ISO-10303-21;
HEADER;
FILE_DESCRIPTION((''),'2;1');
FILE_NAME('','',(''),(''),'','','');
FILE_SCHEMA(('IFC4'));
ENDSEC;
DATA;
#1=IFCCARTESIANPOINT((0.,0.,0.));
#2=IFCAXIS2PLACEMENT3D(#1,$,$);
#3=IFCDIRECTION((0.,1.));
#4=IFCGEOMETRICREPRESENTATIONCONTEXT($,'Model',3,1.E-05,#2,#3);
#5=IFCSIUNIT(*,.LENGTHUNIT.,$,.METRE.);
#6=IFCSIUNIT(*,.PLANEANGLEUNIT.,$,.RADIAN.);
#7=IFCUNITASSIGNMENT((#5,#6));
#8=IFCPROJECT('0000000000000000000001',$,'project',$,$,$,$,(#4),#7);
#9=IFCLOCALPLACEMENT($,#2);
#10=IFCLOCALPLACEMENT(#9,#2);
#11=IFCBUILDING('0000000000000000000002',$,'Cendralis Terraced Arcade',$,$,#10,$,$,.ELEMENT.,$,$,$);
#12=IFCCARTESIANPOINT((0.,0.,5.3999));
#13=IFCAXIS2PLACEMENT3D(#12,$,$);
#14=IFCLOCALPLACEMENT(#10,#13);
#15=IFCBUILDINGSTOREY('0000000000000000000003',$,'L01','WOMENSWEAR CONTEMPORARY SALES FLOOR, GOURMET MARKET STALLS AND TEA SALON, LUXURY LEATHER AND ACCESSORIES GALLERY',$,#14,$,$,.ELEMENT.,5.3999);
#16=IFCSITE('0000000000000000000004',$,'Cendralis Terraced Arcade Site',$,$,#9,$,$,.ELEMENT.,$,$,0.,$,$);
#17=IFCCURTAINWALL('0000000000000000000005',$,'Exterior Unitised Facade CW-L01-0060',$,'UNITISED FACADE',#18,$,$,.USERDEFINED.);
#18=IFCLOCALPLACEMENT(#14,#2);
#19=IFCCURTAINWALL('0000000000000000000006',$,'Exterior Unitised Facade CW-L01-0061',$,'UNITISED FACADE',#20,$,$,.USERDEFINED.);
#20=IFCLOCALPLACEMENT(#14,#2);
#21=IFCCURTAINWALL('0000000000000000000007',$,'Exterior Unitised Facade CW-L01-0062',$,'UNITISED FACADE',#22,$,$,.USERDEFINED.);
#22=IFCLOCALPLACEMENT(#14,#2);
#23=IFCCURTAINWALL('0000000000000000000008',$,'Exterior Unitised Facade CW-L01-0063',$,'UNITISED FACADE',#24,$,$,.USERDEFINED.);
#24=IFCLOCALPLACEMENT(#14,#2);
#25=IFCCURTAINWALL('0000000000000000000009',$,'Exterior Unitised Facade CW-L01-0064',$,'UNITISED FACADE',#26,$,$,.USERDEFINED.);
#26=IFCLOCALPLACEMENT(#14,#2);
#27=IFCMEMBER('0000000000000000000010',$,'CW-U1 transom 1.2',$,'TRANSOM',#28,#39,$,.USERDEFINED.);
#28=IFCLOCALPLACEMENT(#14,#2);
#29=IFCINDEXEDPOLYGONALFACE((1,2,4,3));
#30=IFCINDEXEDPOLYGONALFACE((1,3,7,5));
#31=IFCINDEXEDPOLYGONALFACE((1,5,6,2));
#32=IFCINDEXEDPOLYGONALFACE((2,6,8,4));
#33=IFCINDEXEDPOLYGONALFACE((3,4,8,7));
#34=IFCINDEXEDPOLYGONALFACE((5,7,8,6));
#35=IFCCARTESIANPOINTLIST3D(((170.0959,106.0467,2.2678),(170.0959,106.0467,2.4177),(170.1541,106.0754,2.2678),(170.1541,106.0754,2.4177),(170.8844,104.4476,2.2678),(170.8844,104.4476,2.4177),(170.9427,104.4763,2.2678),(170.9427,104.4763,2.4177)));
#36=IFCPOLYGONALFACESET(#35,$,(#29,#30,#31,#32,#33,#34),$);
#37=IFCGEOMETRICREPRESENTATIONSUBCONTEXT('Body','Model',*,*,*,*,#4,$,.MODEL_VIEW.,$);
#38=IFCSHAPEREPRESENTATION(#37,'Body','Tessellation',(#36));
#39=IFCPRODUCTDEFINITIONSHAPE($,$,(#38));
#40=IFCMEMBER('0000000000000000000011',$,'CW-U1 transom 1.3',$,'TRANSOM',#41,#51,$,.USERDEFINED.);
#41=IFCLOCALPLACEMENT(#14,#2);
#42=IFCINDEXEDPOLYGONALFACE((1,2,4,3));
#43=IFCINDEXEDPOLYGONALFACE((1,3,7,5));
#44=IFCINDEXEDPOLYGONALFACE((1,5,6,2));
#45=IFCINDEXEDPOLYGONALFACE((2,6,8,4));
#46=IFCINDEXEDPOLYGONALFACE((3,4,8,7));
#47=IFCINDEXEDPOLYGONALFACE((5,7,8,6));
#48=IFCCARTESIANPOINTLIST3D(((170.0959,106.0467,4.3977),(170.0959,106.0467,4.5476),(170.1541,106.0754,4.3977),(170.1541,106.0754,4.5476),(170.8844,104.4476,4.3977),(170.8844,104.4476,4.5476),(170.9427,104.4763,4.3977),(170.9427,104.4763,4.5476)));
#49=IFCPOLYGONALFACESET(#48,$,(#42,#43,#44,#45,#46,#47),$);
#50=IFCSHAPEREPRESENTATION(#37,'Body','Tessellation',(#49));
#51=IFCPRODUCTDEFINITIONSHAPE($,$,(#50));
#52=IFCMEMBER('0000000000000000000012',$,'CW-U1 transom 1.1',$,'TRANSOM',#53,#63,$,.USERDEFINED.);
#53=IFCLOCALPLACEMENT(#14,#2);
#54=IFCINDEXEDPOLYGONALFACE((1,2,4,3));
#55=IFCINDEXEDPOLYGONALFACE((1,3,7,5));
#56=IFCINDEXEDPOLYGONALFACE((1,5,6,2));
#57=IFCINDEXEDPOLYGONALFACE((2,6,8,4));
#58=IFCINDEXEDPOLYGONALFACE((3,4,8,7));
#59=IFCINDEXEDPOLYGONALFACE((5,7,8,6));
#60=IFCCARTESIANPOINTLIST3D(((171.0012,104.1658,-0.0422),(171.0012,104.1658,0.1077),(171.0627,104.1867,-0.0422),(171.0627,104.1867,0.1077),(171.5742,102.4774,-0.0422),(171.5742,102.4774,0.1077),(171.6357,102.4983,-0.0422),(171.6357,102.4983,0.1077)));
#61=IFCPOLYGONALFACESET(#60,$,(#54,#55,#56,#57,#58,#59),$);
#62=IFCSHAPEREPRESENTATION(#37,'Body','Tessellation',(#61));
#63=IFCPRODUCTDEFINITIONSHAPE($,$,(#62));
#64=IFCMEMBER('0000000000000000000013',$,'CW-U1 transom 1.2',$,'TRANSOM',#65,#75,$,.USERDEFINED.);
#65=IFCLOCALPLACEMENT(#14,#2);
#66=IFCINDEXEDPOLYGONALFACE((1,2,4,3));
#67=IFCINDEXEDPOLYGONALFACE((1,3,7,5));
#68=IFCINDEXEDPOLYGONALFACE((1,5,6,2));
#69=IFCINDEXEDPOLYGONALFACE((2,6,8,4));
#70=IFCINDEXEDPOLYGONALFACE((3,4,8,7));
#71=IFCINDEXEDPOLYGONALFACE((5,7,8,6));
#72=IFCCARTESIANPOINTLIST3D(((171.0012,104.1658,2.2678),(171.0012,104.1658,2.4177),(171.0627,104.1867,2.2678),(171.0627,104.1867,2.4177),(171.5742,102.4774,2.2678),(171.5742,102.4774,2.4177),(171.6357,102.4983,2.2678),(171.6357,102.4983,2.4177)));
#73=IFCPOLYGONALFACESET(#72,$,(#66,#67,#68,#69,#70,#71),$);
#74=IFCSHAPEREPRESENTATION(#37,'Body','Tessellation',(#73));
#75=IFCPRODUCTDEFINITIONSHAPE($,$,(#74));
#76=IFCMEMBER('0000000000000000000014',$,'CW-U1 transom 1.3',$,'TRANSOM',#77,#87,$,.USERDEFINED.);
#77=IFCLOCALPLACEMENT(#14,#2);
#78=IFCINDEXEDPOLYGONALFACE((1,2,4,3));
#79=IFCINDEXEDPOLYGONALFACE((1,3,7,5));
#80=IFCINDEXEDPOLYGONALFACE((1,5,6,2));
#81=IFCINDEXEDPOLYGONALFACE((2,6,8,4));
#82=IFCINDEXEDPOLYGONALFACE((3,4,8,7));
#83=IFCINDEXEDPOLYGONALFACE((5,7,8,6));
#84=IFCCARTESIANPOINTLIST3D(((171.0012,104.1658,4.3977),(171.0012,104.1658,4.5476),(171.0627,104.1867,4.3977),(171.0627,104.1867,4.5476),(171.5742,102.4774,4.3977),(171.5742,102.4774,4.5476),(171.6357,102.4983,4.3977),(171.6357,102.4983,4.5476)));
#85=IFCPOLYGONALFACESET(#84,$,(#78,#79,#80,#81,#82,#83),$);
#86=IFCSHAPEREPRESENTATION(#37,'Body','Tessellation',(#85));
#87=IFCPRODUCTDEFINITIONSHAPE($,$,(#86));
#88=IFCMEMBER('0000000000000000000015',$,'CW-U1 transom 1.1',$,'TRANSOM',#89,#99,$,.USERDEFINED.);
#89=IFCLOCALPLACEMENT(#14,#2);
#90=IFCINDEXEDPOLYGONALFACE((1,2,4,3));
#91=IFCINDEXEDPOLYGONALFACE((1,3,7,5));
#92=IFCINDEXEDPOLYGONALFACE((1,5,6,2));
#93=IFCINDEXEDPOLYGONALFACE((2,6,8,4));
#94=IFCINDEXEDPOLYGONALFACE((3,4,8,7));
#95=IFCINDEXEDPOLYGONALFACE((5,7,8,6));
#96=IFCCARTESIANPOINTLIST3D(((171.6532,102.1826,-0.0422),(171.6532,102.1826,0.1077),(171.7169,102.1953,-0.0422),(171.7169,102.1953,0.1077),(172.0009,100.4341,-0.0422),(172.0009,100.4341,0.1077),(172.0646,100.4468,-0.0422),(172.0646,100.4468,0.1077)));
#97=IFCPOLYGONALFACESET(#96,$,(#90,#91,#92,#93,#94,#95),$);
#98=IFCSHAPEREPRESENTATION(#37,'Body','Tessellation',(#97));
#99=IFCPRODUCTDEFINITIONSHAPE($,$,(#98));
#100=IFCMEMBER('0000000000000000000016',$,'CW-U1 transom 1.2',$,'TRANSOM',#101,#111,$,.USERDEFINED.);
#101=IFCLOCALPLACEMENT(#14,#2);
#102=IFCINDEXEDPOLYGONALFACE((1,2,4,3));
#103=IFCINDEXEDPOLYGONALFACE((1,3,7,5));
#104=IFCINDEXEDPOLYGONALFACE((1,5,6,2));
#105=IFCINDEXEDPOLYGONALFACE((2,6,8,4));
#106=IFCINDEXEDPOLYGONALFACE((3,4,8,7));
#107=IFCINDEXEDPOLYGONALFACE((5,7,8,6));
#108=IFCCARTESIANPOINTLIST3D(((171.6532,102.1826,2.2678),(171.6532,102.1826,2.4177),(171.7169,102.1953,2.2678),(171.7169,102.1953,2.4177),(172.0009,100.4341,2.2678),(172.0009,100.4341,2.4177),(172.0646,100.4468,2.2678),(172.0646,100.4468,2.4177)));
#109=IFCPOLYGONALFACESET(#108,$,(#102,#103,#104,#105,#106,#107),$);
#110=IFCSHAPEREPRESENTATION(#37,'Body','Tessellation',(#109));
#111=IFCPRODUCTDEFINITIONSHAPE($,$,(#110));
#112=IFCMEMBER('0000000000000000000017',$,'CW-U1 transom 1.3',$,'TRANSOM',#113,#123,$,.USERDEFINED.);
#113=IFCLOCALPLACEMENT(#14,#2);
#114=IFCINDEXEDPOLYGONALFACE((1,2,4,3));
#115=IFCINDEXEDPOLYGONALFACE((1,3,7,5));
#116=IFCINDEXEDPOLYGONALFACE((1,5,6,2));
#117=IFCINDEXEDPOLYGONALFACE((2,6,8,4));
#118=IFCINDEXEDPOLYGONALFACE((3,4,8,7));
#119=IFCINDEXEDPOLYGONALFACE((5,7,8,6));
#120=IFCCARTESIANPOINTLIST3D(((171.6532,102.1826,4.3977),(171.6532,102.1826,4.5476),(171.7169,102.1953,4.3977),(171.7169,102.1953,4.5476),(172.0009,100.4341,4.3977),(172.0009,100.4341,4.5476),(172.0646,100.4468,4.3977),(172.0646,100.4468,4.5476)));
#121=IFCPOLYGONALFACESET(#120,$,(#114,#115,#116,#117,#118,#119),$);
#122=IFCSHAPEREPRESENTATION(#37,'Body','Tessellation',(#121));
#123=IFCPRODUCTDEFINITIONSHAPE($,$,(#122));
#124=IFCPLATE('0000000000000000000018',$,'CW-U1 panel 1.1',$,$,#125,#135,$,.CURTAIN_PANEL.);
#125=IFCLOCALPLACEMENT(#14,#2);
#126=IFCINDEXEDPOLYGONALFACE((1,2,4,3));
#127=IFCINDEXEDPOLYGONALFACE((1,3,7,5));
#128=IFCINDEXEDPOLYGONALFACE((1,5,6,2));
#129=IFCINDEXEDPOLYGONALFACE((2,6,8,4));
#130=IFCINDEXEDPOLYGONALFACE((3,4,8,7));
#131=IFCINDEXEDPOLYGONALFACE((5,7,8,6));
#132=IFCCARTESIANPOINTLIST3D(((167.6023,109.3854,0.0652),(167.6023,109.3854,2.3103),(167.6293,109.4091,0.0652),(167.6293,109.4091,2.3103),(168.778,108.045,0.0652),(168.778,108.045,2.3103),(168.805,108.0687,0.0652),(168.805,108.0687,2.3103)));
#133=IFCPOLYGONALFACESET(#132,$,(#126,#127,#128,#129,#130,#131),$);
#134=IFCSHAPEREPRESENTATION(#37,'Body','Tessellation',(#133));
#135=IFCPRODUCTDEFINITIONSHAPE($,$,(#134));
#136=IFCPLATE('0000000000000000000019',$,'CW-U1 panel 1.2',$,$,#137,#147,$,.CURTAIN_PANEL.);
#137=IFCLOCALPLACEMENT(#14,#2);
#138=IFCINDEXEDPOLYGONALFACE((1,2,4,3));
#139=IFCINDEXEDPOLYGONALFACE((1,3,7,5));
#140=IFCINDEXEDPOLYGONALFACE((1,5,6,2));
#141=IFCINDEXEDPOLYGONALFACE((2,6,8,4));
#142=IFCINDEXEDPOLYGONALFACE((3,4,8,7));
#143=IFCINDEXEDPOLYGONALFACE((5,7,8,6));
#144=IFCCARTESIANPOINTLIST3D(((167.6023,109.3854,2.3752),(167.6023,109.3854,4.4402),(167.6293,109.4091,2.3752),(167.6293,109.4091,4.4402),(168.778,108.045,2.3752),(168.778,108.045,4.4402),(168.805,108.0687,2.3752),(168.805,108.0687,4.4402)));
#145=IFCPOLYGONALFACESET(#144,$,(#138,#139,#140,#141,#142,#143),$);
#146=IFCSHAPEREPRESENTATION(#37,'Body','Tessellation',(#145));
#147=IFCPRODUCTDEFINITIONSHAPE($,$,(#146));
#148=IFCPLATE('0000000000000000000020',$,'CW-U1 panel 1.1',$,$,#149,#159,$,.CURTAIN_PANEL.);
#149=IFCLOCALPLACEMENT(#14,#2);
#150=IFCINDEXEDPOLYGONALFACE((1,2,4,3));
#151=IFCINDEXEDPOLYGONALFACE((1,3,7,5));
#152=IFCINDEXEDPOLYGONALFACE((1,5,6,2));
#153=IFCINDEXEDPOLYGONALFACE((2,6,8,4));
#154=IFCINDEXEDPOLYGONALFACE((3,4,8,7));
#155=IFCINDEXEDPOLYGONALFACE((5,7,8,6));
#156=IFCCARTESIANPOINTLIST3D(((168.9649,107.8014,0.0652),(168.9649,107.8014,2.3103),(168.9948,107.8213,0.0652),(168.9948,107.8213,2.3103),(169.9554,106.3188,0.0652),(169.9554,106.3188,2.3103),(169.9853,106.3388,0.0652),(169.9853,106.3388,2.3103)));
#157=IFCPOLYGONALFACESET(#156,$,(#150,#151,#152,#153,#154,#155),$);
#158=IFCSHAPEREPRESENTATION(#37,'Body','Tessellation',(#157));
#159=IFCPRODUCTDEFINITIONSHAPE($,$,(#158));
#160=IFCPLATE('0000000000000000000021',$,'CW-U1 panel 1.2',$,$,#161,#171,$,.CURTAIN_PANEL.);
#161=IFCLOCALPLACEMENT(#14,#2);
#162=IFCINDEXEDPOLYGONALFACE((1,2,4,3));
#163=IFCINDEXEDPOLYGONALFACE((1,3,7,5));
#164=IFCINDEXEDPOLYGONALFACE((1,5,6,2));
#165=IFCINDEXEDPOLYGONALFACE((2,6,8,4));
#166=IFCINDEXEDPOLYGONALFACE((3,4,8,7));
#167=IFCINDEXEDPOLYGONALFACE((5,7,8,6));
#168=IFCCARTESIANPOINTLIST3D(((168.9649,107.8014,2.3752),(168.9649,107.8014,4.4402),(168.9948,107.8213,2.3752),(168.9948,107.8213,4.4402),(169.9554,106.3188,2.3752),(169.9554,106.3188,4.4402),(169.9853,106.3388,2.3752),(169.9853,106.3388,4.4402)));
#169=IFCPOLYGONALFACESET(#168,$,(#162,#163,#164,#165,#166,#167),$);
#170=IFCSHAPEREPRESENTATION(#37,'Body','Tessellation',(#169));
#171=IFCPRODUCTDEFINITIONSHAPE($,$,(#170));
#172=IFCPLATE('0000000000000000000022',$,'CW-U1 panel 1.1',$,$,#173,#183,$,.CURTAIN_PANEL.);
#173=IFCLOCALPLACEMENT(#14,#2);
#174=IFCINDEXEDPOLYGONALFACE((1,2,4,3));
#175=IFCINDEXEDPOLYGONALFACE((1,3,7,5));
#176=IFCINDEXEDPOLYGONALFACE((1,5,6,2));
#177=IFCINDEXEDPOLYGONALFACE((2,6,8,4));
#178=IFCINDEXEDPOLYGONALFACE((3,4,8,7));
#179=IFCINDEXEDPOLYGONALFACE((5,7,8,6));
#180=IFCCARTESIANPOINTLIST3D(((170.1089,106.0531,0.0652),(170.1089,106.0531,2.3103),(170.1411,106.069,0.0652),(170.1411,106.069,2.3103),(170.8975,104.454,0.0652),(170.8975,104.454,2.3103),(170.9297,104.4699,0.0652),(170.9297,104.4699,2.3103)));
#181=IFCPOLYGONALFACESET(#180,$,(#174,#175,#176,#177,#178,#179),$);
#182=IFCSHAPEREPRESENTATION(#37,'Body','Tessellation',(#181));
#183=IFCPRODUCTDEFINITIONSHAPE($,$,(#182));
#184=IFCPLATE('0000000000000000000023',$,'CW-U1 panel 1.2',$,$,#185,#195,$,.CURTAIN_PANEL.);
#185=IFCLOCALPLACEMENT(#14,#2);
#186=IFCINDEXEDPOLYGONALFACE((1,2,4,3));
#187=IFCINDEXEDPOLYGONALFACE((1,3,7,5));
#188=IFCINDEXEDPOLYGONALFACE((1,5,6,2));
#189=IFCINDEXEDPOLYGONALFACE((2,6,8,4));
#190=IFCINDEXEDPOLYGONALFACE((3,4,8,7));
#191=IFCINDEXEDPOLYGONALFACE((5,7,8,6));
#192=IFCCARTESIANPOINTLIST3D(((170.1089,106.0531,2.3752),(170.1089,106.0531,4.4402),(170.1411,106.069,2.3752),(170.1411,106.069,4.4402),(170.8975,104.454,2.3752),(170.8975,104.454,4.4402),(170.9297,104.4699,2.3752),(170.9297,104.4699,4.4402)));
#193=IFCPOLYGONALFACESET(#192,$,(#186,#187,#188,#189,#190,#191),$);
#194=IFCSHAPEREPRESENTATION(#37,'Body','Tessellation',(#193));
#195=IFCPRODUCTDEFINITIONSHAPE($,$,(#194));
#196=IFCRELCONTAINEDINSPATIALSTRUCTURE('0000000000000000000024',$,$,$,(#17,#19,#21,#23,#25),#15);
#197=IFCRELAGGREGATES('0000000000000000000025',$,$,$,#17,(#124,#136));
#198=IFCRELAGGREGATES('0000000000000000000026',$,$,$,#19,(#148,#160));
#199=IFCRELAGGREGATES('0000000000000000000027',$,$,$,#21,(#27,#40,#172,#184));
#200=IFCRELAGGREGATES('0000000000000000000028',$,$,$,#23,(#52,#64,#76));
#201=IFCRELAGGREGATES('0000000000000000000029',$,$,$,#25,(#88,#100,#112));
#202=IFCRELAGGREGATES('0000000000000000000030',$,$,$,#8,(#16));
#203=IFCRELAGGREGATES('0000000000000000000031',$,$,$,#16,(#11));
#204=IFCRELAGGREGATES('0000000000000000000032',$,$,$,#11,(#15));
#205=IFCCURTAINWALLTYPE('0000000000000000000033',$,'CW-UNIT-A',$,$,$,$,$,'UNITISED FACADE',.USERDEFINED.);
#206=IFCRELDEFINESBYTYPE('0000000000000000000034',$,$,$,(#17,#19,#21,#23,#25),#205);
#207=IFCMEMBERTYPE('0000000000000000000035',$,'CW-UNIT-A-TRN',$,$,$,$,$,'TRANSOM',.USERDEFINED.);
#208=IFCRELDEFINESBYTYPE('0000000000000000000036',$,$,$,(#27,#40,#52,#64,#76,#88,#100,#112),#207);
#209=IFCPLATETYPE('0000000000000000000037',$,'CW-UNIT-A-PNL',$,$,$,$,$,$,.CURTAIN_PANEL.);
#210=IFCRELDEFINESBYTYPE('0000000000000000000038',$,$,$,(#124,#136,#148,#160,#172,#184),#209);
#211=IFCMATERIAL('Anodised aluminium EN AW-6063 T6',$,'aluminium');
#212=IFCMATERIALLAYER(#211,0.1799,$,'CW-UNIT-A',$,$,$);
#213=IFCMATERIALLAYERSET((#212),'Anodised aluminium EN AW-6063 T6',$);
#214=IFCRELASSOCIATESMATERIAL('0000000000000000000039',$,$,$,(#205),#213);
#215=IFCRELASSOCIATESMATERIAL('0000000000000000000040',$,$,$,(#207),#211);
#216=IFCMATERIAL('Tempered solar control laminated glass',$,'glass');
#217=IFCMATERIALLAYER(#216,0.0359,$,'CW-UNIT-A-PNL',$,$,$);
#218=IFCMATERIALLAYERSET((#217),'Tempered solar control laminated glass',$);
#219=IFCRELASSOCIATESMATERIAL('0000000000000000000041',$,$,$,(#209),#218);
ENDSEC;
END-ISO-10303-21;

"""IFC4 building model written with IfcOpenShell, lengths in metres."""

from ifc_helpers import new_model, si_unit, direction, frame, origin, origin_2d, place, context, subcontext, project, spatial, rectangle, extrude, material, layer, layer_set, material_profile, profile_set, type_object, element, aggregate, save


model = new_model("IFC4")

# Units and contexts
model_context = context("Model", 3, precision=1e-05, world=origin(), true_north=direction((0.0, 1.0)))
body_context = subcontext(model_context, "Body", "Model", "MODEL_VIEW")
ifc_project = project(units=[si_unit("LENGTHUNIT", "METRE"), si_unit("PLANEANGLEUNIT", "RADIAN")], contexts=[model_context])

# Site, building, storey
site_placement = place(None, origin())
site = spatial("IfcSite", under=ifc_project, at=site_placement, Name="Cendralis Terraced Arcade Site", CompositionType="ELEMENT", RefElevation=0.0)
building_placement = place(site_placement, origin())
building = spatial("IfcBuilding", under=site, at=building_placement, Name="Cendralis Terraced Arcade", CompositionType="ELEMENT")
storey_placement = place(building_placement, frame((0.0, 0.0, 5.3999)))
storey = spatial("IfcBuildingStorey", under=building, at=storey_placement, Name="L01", Description="WOMENSWEAR CONTEMPORARY SALES FLOOR, GOURMET MARKET STALLS AND TEA SALON, LUXURY LEATHER AND ACCESSORIES GALLERY", CompositionType="ELEMENT", Elevation=5.3999)

# Curtain wall
ifc_material_1 = material(Name="Anodised aluminium EN AW-6063 T6", Category="aluminium")
ifc_layer_1 = layer(ifc_material_1, 0.1799, Name="CW-UNIT-A")
ifc_layer_set_1 = layer_set([ifc_layer_1], Name="Anodised aluminium EN AW-6063 T6")
curtain_wall_type = type_object("IfcCurtainWallType", Name="CW-UNIT-A", ElementType="UNITISED FACADE", PredefinedType="USERDEFINED", material=ifc_layer_set_1)
curtain_wall_1_placement = place(storey_placement, origin())
curtain_wall_1 = element("IfcCurtainWall", 1, at=curtain_wall_1_placement, inside=storey, type_object=curtain_wall_type, Name="Exterior Unitised Facade CW-L01-0060", ObjectType="UNITISED FACADE", PredefinedType="USERDEFINED")

# Curtain walls
curtain_wall_2_placement = place(storey_placement, origin())
curtain_wall_2 = element("IfcCurtainWall", 2, at=curtain_wall_2_placement, inside=storey, type_object=curtain_wall_type, Name="Exterior Unitised Facade CW-L01-0061", ObjectType="UNITISED FACADE", PredefinedType="USERDEFINED")
curtain_wall_3_placement = place(storey_placement, origin())
curtain_wall_3 = element("IfcCurtainWall", 3, at=curtain_wall_3_placement, inside=storey, type_object=curtain_wall_type, Name="Exterior Unitised Facade CW-L01-0062", ObjectType="UNITISED FACADE", PredefinedType="USERDEFINED")
curtain_wall_4_placement = place(storey_placement, origin())
curtain_wall_4 = element("IfcCurtainWall", 4, at=curtain_wall_4_placement, inside=storey, type_object=curtain_wall_type, Name="Exterior Unitised Facade CW-L01-0063", ObjectType="UNITISED FACADE", PredefinedType="USERDEFINED")
curtain_wall_5_placement = place(storey_placement, origin())
curtain_wall_5 = element("IfcCurtainWall", 5, at=curtain_wall_5_placement, inside=storey, type_object=curtain_wall_type, Name="Exterior Unitised Facade CW-L01-0064", ObjectType="UNITISED FACADE", PredefinedType="USERDEFINED")

# Members
ifc_material_profile_1 = material_profile(ifc_material_1, rectangle(XDim=0.0649, YDim=0.1499, at=origin_2d()), Name="ALU-TRN-65x150")
ifc_profile_set_1 = profile_set([ifc_material_profile_1], Name="Anodised aluminium EN AW-6063 T6")
member_type_1 = type_object("IfcMemberType", Name="CW-UNIT-A-TRN", ElementType="TRANSOM", PredefinedType="USERDEFINED", material=ifc_profile_set_1)
member_1_placement = place(storey_placement, frame((170.125, 106.061, 2.3428), z_axis=(0.442277, -0.896878, 0.0), x_axis=(0.896878, 0.442277, 0.0)))
member_1 = element("IfcMember", 6, at=member_1_placement, type_object=member_type_1, Name="CW-U1 transom 1.2", ObjectType="TRANSOM", PredefinedType="USERDEFINED", context=body_context, shape_type="SweptSolid", body=[
    extrude(rectangle(XDim=0.0649, YDim=0.1499, at=origin_2d()), origin(), (0.0, 0.0, 1.0), 1.783),
])
member_2_placement = place(storey_placement, frame((170.125, 106.061, 4.4727), z_axis=(0.442277, -0.896878, 0.0), x_axis=(0.896878, 0.442277, 0.0)))
member_2 = element("IfcMember", 7, at=member_2_placement, type_object=member_type_1, Name="CW-U1 transom 1.3", ObjectType="TRANSOM", PredefinedType="USERDEFINED", context=body_context, shape_type="SweptSolid", body=[
    extrude(rectangle(XDim=0.0649, YDim=0.1499, at=origin_2d()), origin(), (0.0, 0.0, 1.0), 1.783),
])
member_3_placement = place(storey_placement, frame((171.032, 104.1763, 0.0327), z_axis=(0.321358, -0.946958, 0.0), x_axis=(0.946958, 0.321358, 0.0)))
member_3 = element("IfcMember", 8, at=member_3_placement, type_object=member_type_1, Name="CW-U1 transom 1.1", ObjectType="TRANSOM", PredefinedType="USERDEFINED", context=body_context, shape_type="SweptSolid", body=[
    extrude(rectangle(XDim=0.0649, YDim=0.1499, at=origin_2d()), origin(), (0.0, 0.0, 1.0), 1.783),
])
member_4_placement = place(storey_placement, frame((171.032, 104.1763, 2.3428), z_axis=(0.321358, -0.946958, 0.0), x_axis=(0.946958, 0.321358, 0.0)))
member_4 = element("IfcMember", 9, at=member_4_placement, type_object=member_type_1, Name="CW-U1 transom 1.2", ObjectType="TRANSOM", PredefinedType="USERDEFINED", context=body_context, shape_type="SweptSolid", body=[
    extrude(rectangle(XDim=0.0649, YDim=0.1499, at=origin_2d()), origin(), (0.0, 0.0, 1.0), 1.783),
])
member_5_placement = place(storey_placement, frame((171.032, 104.1763, 4.4727), z_axis=(0.321358, -0.946958, 0.0), x_axis=(0.946958, 0.321358, 0.0)))
member_5 = element("IfcMember", 10, at=member_5_placement, type_object=member_type_1, Name="CW-U1 transom 1.3", ObjectType="TRANSOM", PredefinedType="USERDEFINED", context=body_context, shape_type="SweptSolid", body=[
    extrude(rectangle(XDim=0.0649, YDim=0.1499, at=origin_2d()), origin(), (0.0, 0.0, 1.0), 1.783),
])
member_6_placement = place(storey_placement, frame((171.6851, 102.189, 0.0327), z_axis=(0.19501, -0.980801, 0.0), x_axis=(0.980801, 0.19501, 0.0)))
member_6 = element("IfcMember", 11, at=member_6_placement, type_object=member_type_1, Name="CW-U1 transom 1.1", ObjectType="TRANSOM", PredefinedType="USERDEFINED", context=body_context, shape_type="SweptSolid", body=[
    extrude(rectangle(XDim=0.0649, YDim=0.1499, at=origin_2d()), origin(), (0.0, 0.0, 1.0), 1.7827),
])
member_7_placement = place(storey_placement, frame((171.6851, 102.189, 2.3428), z_axis=(0.19501, -0.980801, 0.0), x_axis=(0.980801, 0.19501, 0.0)))
member_7 = element("IfcMember", 12, at=member_7_placement, type_object=member_type_1, Name="CW-U1 transom 1.2", ObjectType="TRANSOM", PredefinedType="USERDEFINED", context=body_context, shape_type="SweptSolid", body=[
    extrude(rectangle(XDim=0.0649, YDim=0.1499, at=origin_2d()), origin(), (0.0, 0.0, 1.0), 1.7827),
])
member_8_placement = place(storey_placement, frame((171.6851, 102.189, 4.4727), z_axis=(0.19501, -0.980801, 0.0), x_axis=(0.980801, 0.19501, 0.0)))
member_8 = element("IfcMember", 13, at=member_8_placement, type_object=member_type_1, Name="CW-U1 transom 1.3", ObjectType="TRANSOM", PredefinedType="USERDEFINED", context=body_context, shape_type="SweptSolid", body=[
    extrude(rectangle(XDim=0.0649, YDim=0.1499, at=origin_2d()), origin(), (0.0, 0.0, 1.0), 1.7827),
])

# Plates
ifc_material_2 = material(Name="Tempered solar control laminated glass", Category="glass")
ifc_layer_2 = layer(ifc_material_2, 0.0359, Name="CW-UNIT-A-PNL")
ifc_layer_set_2 = layer_set([ifc_layer_2], Name="Tempered solar control laminated glass")
plate_type = type_object("IfcPlateType", Name="CW-UNIT-A-PNL", PredefinedType="CURTAIN_PANEL", material=ifc_layer_set_2)
plate_1_placement = place(storey_placement, frame((168.2036, 108.7271, 0.0652), z_axis=(0.0, 0.0, 1.0), x_axis=(0.659411, -0.751783, 0.0)))
plate_1 = element("IfcPlate", 14, at=plate_1_placement, type_object=plate_type, Name="CW-U1 panel 1.1", PredefinedType="CURTAIN_PANEL", context=body_context, shape_type="SweptSolid", body=[
    extrude(rectangle(XDim=1.783, YDim=0.0359, at=origin_2d()), origin(), (0.0, 0.0, 1.0), 2.2451),
])
plate_2_placement = place(storey_placement, frame((168.2036, 108.7271, 2.3752), z_axis=(0.0, 0.0, 1.0), x_axis=(0.659411, -0.751783, 0.0)))
plate_2 = element("IfcPlate", 15, at=plate_2_placement, type_object=plate_type, Name="CW-U1 panel 1.2", PredefinedType="CURTAIN_PANEL", context=body_context, shape_type="SweptSolid", body=[
    extrude(rectangle(XDim=1.783, YDim=0.0359, at=origin_2d()), origin(), (0.0, 0.0, 1.0), 2.0649),
])
aggregate(curtain_wall_1, [plate_1, plate_2])
plate_3_placement = place(storey_placement, frame((169.4751, 107.0701, 0.0652), z_axis=(0.0, 0.0, 1.0), x_axis=(0.555532, -0.831495, 0.0)))
plate_3 = element("IfcPlate", 16, at=plate_3_placement, type_object=plate_type, Name="CW-U1 panel 1.1", PredefinedType="CURTAIN_PANEL", context=body_context, shape_type="SweptSolid", body=[
    extrude(rectangle(XDim=1.783, YDim=0.0359, at=origin_2d()), origin(), (0.0, 0.0, 1.0), 2.2451),
])
plate_4_placement = place(storey_placement, frame((169.4751, 107.0701, 2.3752), z_axis=(0.0, 0.0, 1.0), x_axis=(0.555532, -0.831495, 0.0)))
plate_4 = element("IfcPlate", 17, at=plate_4_placement, type_object=plate_type, Name="CW-U1 panel 1.2", PredefinedType="CURTAIN_PANEL", context=body_context, shape_type="SweptSolid", body=[
    extrude(rectangle(XDim=1.783, YDim=0.0359, at=origin_2d()), origin(), (0.0, 0.0, 1.0), 2.0649),
])
aggregate(curtain_wall_2, [plate_3, plate_4])
plate_5_placement = place(storey_placement, frame((170.5193, 105.2615, 0.0652), z_axis=(0.0, 0.0, 1.0), x_axis=(0.442293, -0.896871, 0.0)))
plate_5 = element("IfcPlate", 18, at=plate_5_placement, type_object=plate_type, Name="CW-U1 panel 1.1", PredefinedType="CURTAIN_PANEL", context=body_context, shape_type="SweptSolid", body=[
    extrude(rectangle(XDim=1.783, YDim=0.0359, at=origin_2d()), origin(), (0.0, 0.0, 1.0), 2.2451),
])
plate_6_placement = place(storey_placement, frame((170.5193, 105.2615, 2.3752), z_axis=(0.0, 0.0, 1.0), x_axis=(0.442293, -0.896871, 0.0)))
plate_6 = element("IfcPlate", 19, at=plate_6_placement, type_object=plate_type, Name="CW-U1 panel 1.2", PredefinedType="CURTAIN_PANEL", context=body_context, shape_type="SweptSolid", body=[
    extrude(rectangle(XDim=1.783, YDim=0.0359, at=origin_2d()), origin(), (0.0, 0.0, 1.0), 2.0649),
])
aggregate(curtain_wall_3, [member_1, member_2, plate_5, plate_6])
aggregate(curtain_wall_4, [member_3, member_4, member_5])
aggregate(curtain_wall_5, [member_6, member_7, member_8])

save(model, "model.ifc")
